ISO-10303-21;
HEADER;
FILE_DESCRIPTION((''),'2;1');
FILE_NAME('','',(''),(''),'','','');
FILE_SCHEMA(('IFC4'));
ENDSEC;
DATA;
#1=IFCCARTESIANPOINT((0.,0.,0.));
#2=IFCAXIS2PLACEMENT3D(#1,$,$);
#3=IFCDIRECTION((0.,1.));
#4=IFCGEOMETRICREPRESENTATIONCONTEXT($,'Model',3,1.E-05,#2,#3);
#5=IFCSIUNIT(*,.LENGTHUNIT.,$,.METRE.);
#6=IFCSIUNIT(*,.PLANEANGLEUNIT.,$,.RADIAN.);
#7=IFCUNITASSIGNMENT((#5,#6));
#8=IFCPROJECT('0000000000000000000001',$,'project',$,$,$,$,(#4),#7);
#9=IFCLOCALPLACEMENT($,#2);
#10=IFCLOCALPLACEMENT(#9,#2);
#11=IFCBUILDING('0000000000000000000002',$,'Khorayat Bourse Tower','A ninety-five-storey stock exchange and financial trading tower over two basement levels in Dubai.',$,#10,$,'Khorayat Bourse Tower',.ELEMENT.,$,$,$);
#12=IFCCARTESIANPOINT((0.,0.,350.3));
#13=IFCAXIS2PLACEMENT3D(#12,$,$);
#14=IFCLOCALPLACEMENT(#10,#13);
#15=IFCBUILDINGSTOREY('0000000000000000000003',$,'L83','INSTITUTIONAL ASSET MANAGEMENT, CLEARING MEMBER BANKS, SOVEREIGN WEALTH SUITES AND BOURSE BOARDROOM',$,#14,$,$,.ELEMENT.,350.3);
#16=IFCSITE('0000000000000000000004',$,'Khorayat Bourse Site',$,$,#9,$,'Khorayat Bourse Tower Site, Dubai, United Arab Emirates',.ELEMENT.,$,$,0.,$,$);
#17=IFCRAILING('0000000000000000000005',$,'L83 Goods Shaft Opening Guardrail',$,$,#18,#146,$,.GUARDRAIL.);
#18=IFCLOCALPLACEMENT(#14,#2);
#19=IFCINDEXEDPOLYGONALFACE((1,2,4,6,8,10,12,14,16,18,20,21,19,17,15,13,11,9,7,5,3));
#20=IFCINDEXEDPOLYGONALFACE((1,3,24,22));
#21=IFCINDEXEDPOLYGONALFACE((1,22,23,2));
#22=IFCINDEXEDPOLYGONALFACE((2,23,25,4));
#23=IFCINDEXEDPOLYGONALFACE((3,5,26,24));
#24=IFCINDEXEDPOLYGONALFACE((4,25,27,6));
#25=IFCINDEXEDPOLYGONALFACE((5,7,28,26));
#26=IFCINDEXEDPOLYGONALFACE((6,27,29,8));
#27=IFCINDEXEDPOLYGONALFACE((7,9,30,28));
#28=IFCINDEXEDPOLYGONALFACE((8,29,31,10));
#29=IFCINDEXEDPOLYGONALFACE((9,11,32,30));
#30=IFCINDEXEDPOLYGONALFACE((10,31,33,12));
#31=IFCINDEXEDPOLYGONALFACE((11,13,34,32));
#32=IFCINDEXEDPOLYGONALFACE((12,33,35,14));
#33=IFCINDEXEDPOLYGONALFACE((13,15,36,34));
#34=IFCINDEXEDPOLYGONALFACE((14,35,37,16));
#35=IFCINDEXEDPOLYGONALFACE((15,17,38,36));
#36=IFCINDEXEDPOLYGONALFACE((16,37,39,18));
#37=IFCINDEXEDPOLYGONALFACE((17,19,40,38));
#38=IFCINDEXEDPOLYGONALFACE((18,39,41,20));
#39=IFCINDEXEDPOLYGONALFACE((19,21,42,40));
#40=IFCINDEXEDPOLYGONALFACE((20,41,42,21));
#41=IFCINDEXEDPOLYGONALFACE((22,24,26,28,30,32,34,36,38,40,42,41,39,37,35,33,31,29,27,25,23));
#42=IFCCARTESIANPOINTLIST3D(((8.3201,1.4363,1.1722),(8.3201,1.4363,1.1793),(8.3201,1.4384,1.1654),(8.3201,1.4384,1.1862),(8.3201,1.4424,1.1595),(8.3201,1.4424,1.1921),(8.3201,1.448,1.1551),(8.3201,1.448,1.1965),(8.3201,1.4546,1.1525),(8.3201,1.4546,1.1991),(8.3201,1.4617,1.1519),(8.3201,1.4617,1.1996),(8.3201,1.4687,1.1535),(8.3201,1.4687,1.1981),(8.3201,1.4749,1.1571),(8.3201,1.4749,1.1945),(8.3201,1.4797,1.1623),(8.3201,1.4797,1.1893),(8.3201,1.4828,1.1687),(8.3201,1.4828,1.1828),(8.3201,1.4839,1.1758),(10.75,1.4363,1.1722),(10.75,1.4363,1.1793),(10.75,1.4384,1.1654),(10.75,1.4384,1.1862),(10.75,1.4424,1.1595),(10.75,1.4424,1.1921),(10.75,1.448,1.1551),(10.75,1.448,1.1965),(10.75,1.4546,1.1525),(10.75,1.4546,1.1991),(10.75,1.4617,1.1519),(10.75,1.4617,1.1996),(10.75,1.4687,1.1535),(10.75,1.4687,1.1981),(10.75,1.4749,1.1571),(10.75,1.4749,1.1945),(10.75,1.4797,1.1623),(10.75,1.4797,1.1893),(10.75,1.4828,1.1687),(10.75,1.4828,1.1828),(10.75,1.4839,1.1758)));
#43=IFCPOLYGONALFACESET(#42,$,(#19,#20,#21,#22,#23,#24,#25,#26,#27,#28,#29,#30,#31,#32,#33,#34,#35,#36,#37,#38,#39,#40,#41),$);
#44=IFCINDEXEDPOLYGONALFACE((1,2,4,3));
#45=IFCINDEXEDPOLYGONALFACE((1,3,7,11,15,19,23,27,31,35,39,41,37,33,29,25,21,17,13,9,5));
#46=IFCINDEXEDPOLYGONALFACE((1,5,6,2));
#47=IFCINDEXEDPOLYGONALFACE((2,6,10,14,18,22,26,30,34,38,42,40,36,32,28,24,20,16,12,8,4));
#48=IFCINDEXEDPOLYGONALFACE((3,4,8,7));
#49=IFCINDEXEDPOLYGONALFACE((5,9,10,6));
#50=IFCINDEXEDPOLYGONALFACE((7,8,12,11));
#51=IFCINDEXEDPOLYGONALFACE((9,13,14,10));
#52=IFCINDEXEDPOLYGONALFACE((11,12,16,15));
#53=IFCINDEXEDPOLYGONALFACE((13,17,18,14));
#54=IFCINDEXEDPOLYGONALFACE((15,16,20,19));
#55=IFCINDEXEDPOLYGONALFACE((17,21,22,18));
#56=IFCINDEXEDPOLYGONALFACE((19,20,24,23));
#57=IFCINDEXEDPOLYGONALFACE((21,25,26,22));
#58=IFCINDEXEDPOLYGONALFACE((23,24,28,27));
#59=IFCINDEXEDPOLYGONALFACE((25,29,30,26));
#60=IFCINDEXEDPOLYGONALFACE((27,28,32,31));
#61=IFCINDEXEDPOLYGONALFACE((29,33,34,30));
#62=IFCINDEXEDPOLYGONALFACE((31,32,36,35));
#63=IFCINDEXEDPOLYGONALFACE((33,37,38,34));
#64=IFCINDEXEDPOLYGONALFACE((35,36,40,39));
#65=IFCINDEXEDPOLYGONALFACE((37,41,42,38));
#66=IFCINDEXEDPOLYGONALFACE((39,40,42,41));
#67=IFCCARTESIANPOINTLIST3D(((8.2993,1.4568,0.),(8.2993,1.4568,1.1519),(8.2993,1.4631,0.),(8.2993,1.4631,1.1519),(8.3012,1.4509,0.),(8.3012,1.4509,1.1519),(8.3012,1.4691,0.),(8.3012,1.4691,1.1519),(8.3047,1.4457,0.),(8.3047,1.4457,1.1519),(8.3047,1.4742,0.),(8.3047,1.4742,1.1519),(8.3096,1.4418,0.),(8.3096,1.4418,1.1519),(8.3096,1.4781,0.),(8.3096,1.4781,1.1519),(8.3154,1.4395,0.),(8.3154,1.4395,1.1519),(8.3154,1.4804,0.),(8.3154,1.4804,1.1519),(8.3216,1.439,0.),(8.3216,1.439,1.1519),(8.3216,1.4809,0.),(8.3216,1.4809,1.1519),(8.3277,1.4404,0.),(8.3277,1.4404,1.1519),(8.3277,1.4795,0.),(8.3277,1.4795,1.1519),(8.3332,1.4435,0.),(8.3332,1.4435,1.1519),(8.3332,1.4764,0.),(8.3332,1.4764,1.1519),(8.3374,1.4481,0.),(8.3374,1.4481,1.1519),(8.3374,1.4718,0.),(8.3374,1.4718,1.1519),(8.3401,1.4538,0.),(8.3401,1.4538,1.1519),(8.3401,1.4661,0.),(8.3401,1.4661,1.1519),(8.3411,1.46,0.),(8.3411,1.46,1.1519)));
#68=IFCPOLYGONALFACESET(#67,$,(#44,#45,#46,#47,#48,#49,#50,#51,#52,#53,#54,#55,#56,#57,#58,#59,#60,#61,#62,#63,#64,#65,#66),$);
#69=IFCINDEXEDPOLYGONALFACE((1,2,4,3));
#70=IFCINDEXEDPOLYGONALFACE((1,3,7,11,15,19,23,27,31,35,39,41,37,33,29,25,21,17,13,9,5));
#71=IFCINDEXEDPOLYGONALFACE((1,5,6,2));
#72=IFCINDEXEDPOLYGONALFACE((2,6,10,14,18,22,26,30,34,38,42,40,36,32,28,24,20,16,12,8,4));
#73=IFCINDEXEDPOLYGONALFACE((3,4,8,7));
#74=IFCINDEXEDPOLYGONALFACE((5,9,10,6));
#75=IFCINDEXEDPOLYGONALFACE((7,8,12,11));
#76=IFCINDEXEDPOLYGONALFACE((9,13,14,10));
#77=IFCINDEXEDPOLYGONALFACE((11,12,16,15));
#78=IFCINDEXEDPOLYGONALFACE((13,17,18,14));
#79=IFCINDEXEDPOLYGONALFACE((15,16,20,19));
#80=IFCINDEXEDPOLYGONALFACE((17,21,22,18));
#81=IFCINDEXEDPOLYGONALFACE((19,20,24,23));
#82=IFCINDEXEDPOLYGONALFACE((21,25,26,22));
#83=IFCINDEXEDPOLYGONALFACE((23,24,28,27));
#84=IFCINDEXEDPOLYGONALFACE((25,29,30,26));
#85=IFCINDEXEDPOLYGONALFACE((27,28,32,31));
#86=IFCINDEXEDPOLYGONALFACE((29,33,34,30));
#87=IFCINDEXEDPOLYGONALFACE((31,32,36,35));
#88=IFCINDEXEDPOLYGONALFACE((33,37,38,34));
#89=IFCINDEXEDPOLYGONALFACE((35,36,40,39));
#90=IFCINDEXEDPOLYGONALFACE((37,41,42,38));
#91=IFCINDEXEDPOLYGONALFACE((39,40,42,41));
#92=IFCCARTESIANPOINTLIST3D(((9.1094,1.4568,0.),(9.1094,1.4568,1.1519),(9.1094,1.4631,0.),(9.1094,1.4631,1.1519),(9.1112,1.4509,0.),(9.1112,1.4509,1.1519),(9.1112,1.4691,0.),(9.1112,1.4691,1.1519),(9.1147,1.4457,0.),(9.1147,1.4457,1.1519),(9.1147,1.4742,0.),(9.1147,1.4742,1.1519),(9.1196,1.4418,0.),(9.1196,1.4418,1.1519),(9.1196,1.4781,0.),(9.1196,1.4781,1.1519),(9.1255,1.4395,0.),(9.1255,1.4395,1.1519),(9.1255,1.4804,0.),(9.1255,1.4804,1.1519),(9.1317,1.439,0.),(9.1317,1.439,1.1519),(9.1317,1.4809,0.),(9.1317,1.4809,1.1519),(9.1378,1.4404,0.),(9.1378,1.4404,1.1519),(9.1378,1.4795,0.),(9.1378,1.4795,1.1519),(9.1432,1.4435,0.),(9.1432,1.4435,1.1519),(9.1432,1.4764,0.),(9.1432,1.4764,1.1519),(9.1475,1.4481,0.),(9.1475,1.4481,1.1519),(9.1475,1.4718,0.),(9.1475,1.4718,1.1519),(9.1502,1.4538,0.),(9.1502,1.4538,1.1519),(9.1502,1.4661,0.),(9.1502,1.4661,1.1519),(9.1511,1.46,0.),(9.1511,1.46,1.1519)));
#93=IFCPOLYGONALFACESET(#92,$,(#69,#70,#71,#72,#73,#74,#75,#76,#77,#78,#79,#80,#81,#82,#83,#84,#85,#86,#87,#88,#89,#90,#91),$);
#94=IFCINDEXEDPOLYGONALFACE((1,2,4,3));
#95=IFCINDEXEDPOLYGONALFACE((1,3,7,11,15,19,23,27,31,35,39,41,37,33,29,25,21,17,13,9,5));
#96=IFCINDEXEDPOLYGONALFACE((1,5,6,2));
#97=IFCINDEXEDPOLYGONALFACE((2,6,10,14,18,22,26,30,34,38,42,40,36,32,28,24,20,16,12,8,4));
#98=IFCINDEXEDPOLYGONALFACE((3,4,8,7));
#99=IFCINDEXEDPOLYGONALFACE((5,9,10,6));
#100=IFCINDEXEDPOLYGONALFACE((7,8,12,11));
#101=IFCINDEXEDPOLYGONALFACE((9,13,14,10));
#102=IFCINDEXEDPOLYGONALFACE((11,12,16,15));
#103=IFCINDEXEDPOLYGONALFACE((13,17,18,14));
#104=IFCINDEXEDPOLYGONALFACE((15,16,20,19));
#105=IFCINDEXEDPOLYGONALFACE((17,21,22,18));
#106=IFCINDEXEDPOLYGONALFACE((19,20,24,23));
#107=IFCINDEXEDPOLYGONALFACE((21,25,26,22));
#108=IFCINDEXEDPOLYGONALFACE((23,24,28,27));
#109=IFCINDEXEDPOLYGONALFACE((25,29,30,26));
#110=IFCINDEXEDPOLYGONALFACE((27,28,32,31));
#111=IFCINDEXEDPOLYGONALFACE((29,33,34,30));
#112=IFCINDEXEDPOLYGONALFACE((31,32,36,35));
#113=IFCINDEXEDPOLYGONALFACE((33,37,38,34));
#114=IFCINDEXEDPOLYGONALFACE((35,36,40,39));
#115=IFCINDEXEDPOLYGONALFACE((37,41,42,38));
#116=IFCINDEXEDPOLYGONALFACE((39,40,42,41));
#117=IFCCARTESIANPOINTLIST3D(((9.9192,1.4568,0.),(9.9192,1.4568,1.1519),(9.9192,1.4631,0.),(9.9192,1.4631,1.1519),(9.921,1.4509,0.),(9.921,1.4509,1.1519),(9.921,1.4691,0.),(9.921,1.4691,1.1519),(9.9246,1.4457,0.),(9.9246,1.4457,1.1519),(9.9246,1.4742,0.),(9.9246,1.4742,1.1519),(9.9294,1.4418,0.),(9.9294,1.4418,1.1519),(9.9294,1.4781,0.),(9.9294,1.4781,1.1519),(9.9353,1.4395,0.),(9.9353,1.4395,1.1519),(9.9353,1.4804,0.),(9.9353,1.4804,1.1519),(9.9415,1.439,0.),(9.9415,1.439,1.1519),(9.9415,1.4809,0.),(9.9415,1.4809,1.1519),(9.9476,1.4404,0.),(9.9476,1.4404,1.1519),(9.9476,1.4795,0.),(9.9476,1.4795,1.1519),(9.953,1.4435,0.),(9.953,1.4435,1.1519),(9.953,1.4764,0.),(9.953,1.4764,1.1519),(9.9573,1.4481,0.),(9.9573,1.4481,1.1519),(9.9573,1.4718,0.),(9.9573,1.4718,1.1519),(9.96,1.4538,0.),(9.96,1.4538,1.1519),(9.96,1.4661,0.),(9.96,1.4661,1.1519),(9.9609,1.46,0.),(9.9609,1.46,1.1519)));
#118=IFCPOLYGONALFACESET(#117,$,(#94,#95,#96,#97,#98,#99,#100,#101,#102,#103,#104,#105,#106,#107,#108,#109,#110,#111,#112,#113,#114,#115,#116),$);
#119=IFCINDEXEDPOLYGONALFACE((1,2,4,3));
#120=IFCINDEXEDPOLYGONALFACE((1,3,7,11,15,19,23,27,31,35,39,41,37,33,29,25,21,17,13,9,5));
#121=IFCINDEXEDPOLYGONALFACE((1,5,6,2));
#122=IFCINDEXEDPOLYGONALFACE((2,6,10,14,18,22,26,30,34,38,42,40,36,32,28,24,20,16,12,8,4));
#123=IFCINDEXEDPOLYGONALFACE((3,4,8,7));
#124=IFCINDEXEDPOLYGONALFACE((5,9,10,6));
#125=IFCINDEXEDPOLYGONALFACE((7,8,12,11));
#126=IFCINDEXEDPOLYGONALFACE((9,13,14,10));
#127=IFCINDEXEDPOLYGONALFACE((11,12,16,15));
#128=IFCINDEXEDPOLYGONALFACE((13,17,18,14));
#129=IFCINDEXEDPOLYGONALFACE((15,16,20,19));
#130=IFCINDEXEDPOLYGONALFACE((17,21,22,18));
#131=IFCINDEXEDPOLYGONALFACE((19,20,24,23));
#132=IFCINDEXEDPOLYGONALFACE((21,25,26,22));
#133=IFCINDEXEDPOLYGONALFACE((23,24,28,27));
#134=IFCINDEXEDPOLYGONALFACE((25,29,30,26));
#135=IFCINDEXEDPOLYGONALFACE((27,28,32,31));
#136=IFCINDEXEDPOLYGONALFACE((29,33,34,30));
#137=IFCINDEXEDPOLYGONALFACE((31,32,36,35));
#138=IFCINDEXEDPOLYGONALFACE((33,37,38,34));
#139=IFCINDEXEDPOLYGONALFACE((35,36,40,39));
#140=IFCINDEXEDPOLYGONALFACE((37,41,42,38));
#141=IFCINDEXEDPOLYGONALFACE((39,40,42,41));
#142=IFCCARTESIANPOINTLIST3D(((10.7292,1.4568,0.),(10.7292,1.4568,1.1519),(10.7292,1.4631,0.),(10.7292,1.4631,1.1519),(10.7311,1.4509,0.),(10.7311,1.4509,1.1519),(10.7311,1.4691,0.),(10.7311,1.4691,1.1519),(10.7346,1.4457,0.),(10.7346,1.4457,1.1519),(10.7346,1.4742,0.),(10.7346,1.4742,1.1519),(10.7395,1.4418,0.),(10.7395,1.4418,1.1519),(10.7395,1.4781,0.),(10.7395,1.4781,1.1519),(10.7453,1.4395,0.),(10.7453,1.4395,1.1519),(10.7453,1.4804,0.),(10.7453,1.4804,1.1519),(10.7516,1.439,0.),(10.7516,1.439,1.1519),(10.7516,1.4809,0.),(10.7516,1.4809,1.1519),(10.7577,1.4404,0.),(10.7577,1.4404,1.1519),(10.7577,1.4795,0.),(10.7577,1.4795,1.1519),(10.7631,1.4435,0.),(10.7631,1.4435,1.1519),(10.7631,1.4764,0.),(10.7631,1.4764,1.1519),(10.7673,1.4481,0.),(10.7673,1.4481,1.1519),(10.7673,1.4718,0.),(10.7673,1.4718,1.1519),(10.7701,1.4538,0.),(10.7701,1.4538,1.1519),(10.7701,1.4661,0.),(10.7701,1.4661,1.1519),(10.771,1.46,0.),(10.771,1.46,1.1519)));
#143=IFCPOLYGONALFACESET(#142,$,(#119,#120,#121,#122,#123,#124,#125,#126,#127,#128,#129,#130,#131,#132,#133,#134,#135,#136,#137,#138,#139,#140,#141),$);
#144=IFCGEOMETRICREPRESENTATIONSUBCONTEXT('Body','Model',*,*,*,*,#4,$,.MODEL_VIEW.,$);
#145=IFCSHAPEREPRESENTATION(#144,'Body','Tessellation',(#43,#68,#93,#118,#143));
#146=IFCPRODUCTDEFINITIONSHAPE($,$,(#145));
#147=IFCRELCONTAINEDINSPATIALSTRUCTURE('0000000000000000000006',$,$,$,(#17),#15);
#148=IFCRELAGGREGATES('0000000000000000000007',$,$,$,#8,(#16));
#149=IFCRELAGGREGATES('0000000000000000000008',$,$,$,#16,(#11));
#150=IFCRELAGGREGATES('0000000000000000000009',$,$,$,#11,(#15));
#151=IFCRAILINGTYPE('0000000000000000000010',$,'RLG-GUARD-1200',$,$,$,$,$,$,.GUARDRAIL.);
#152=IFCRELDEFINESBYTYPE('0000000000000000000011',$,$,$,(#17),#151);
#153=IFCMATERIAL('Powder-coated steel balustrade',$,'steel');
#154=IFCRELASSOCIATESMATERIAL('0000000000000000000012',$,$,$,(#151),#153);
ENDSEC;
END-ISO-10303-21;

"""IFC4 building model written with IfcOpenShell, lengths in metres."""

from ifc_helpers import new_model, si_unit, direction, frame, origin, origin_2d, place, context, subcontext, project, spatial, circle, extrude, source, transform, mapped, material, type_object, element, save


model = new_model("IFC4")

# Units and contexts
model_context = context("Model", 3, precision=1e-05, world=origin(), true_north=direction((0.0, 1.0)))
body_context = subcontext(model_context, "Body", "Model", "MODEL_VIEW")
ifc_project = project(units=[si_unit("LENGTHUNIT", "METRE"), si_unit("PLANEANGLEUNIT", "RADIAN")], contexts=[model_context])

# Site, building, storey
site_placement = place(None, origin())
site = spatial("IfcSite", under=ifc_project, at=site_placement, Name="Khorayat Bourse Site", LongName="Khorayat Bourse Tower Site, Dubai, United Arab Emirates", CompositionType="ELEMENT", RefElevation=0.0)
building_placement = place(site_placement, origin())
building = spatial("IfcBuilding", under=site, at=building_placement, Name="Khorayat Bourse Tower", Description="A ninety-five-storey stock exchange and financial trading tower over two basement levels in Dubai.", LongName="Khorayat Bourse Tower", CompositionType="ELEMENT")
storey_placement = place(building_placement, frame((0.0, 0.0, 350.3)))
storey = spatial("IfcBuildingStorey", under=building, at=storey_placement, Name="L83", Description="INSTITUTIONAL ASSET MANAGEMENT, CLEARING MEMBER BANKS, SOVEREIGN WEALTH SUITES AND BOURSE BOARDROOM", CompositionType="ELEMENT", Elevation=350.3)

# Railing
ifc_material_1 = material(Name="Powder-coated steel balustrade", Category="steel")
railing_type = type_object("IfcRailingType", Name="RLG-GUARD-1200", PredefinedType="GUARDRAIL", material=ifc_material_1)
shared_shape_1 = source(origin(), body_context, "Body", "SweptSolid", [
    extrude(circle(Radius=0.0239, at=origin_2d()), frame((0.0, 0.0, 1.1758), z_axis=(1.0, 0.0, 0.0), x_axis=(0.0, 1.0, 0.0)), (0.0, 0.0, 1.0), 2.4299),
    extrude(circle(Radius=0.021, at=origin_2d()), origin(), (0.0, 0.0, 1.0), 1.1519),
    extrude(circle(Radius=0.021, at=origin_2d()), frame((0.8101, 0.0, 0.0)), (0.0, 0.0, 1.0), 1.1519),
    extrude(circle(Radius=0.021, at=origin_2d()), frame((1.6199, 0.0, 0.0)), (0.0, 0.0, 1.0), 1.1519),
    extrude(circle(Radius=0.021, at=origin_2d()), frame((2.4299, 0.0, 0.0)), (0.0, 0.0, 1.0), 1.1519),
])
railing_placement = place(storey_placement, frame((8.3201, 1.46, 0.0)))
element("IfcRailing", 1, at=railing_placement, inside=storey, type_object=railing_type, Name="L83 Goods Shaft Opening Guardrail", PredefinedType="GUARDRAIL", context=body_context, shape_type="MappedRepresentation", body=[
    mapped(shared_shape_1, transform((0.0, 0.0, 0.0), scale=1.0)),
])

save(model, "model.ifc")
